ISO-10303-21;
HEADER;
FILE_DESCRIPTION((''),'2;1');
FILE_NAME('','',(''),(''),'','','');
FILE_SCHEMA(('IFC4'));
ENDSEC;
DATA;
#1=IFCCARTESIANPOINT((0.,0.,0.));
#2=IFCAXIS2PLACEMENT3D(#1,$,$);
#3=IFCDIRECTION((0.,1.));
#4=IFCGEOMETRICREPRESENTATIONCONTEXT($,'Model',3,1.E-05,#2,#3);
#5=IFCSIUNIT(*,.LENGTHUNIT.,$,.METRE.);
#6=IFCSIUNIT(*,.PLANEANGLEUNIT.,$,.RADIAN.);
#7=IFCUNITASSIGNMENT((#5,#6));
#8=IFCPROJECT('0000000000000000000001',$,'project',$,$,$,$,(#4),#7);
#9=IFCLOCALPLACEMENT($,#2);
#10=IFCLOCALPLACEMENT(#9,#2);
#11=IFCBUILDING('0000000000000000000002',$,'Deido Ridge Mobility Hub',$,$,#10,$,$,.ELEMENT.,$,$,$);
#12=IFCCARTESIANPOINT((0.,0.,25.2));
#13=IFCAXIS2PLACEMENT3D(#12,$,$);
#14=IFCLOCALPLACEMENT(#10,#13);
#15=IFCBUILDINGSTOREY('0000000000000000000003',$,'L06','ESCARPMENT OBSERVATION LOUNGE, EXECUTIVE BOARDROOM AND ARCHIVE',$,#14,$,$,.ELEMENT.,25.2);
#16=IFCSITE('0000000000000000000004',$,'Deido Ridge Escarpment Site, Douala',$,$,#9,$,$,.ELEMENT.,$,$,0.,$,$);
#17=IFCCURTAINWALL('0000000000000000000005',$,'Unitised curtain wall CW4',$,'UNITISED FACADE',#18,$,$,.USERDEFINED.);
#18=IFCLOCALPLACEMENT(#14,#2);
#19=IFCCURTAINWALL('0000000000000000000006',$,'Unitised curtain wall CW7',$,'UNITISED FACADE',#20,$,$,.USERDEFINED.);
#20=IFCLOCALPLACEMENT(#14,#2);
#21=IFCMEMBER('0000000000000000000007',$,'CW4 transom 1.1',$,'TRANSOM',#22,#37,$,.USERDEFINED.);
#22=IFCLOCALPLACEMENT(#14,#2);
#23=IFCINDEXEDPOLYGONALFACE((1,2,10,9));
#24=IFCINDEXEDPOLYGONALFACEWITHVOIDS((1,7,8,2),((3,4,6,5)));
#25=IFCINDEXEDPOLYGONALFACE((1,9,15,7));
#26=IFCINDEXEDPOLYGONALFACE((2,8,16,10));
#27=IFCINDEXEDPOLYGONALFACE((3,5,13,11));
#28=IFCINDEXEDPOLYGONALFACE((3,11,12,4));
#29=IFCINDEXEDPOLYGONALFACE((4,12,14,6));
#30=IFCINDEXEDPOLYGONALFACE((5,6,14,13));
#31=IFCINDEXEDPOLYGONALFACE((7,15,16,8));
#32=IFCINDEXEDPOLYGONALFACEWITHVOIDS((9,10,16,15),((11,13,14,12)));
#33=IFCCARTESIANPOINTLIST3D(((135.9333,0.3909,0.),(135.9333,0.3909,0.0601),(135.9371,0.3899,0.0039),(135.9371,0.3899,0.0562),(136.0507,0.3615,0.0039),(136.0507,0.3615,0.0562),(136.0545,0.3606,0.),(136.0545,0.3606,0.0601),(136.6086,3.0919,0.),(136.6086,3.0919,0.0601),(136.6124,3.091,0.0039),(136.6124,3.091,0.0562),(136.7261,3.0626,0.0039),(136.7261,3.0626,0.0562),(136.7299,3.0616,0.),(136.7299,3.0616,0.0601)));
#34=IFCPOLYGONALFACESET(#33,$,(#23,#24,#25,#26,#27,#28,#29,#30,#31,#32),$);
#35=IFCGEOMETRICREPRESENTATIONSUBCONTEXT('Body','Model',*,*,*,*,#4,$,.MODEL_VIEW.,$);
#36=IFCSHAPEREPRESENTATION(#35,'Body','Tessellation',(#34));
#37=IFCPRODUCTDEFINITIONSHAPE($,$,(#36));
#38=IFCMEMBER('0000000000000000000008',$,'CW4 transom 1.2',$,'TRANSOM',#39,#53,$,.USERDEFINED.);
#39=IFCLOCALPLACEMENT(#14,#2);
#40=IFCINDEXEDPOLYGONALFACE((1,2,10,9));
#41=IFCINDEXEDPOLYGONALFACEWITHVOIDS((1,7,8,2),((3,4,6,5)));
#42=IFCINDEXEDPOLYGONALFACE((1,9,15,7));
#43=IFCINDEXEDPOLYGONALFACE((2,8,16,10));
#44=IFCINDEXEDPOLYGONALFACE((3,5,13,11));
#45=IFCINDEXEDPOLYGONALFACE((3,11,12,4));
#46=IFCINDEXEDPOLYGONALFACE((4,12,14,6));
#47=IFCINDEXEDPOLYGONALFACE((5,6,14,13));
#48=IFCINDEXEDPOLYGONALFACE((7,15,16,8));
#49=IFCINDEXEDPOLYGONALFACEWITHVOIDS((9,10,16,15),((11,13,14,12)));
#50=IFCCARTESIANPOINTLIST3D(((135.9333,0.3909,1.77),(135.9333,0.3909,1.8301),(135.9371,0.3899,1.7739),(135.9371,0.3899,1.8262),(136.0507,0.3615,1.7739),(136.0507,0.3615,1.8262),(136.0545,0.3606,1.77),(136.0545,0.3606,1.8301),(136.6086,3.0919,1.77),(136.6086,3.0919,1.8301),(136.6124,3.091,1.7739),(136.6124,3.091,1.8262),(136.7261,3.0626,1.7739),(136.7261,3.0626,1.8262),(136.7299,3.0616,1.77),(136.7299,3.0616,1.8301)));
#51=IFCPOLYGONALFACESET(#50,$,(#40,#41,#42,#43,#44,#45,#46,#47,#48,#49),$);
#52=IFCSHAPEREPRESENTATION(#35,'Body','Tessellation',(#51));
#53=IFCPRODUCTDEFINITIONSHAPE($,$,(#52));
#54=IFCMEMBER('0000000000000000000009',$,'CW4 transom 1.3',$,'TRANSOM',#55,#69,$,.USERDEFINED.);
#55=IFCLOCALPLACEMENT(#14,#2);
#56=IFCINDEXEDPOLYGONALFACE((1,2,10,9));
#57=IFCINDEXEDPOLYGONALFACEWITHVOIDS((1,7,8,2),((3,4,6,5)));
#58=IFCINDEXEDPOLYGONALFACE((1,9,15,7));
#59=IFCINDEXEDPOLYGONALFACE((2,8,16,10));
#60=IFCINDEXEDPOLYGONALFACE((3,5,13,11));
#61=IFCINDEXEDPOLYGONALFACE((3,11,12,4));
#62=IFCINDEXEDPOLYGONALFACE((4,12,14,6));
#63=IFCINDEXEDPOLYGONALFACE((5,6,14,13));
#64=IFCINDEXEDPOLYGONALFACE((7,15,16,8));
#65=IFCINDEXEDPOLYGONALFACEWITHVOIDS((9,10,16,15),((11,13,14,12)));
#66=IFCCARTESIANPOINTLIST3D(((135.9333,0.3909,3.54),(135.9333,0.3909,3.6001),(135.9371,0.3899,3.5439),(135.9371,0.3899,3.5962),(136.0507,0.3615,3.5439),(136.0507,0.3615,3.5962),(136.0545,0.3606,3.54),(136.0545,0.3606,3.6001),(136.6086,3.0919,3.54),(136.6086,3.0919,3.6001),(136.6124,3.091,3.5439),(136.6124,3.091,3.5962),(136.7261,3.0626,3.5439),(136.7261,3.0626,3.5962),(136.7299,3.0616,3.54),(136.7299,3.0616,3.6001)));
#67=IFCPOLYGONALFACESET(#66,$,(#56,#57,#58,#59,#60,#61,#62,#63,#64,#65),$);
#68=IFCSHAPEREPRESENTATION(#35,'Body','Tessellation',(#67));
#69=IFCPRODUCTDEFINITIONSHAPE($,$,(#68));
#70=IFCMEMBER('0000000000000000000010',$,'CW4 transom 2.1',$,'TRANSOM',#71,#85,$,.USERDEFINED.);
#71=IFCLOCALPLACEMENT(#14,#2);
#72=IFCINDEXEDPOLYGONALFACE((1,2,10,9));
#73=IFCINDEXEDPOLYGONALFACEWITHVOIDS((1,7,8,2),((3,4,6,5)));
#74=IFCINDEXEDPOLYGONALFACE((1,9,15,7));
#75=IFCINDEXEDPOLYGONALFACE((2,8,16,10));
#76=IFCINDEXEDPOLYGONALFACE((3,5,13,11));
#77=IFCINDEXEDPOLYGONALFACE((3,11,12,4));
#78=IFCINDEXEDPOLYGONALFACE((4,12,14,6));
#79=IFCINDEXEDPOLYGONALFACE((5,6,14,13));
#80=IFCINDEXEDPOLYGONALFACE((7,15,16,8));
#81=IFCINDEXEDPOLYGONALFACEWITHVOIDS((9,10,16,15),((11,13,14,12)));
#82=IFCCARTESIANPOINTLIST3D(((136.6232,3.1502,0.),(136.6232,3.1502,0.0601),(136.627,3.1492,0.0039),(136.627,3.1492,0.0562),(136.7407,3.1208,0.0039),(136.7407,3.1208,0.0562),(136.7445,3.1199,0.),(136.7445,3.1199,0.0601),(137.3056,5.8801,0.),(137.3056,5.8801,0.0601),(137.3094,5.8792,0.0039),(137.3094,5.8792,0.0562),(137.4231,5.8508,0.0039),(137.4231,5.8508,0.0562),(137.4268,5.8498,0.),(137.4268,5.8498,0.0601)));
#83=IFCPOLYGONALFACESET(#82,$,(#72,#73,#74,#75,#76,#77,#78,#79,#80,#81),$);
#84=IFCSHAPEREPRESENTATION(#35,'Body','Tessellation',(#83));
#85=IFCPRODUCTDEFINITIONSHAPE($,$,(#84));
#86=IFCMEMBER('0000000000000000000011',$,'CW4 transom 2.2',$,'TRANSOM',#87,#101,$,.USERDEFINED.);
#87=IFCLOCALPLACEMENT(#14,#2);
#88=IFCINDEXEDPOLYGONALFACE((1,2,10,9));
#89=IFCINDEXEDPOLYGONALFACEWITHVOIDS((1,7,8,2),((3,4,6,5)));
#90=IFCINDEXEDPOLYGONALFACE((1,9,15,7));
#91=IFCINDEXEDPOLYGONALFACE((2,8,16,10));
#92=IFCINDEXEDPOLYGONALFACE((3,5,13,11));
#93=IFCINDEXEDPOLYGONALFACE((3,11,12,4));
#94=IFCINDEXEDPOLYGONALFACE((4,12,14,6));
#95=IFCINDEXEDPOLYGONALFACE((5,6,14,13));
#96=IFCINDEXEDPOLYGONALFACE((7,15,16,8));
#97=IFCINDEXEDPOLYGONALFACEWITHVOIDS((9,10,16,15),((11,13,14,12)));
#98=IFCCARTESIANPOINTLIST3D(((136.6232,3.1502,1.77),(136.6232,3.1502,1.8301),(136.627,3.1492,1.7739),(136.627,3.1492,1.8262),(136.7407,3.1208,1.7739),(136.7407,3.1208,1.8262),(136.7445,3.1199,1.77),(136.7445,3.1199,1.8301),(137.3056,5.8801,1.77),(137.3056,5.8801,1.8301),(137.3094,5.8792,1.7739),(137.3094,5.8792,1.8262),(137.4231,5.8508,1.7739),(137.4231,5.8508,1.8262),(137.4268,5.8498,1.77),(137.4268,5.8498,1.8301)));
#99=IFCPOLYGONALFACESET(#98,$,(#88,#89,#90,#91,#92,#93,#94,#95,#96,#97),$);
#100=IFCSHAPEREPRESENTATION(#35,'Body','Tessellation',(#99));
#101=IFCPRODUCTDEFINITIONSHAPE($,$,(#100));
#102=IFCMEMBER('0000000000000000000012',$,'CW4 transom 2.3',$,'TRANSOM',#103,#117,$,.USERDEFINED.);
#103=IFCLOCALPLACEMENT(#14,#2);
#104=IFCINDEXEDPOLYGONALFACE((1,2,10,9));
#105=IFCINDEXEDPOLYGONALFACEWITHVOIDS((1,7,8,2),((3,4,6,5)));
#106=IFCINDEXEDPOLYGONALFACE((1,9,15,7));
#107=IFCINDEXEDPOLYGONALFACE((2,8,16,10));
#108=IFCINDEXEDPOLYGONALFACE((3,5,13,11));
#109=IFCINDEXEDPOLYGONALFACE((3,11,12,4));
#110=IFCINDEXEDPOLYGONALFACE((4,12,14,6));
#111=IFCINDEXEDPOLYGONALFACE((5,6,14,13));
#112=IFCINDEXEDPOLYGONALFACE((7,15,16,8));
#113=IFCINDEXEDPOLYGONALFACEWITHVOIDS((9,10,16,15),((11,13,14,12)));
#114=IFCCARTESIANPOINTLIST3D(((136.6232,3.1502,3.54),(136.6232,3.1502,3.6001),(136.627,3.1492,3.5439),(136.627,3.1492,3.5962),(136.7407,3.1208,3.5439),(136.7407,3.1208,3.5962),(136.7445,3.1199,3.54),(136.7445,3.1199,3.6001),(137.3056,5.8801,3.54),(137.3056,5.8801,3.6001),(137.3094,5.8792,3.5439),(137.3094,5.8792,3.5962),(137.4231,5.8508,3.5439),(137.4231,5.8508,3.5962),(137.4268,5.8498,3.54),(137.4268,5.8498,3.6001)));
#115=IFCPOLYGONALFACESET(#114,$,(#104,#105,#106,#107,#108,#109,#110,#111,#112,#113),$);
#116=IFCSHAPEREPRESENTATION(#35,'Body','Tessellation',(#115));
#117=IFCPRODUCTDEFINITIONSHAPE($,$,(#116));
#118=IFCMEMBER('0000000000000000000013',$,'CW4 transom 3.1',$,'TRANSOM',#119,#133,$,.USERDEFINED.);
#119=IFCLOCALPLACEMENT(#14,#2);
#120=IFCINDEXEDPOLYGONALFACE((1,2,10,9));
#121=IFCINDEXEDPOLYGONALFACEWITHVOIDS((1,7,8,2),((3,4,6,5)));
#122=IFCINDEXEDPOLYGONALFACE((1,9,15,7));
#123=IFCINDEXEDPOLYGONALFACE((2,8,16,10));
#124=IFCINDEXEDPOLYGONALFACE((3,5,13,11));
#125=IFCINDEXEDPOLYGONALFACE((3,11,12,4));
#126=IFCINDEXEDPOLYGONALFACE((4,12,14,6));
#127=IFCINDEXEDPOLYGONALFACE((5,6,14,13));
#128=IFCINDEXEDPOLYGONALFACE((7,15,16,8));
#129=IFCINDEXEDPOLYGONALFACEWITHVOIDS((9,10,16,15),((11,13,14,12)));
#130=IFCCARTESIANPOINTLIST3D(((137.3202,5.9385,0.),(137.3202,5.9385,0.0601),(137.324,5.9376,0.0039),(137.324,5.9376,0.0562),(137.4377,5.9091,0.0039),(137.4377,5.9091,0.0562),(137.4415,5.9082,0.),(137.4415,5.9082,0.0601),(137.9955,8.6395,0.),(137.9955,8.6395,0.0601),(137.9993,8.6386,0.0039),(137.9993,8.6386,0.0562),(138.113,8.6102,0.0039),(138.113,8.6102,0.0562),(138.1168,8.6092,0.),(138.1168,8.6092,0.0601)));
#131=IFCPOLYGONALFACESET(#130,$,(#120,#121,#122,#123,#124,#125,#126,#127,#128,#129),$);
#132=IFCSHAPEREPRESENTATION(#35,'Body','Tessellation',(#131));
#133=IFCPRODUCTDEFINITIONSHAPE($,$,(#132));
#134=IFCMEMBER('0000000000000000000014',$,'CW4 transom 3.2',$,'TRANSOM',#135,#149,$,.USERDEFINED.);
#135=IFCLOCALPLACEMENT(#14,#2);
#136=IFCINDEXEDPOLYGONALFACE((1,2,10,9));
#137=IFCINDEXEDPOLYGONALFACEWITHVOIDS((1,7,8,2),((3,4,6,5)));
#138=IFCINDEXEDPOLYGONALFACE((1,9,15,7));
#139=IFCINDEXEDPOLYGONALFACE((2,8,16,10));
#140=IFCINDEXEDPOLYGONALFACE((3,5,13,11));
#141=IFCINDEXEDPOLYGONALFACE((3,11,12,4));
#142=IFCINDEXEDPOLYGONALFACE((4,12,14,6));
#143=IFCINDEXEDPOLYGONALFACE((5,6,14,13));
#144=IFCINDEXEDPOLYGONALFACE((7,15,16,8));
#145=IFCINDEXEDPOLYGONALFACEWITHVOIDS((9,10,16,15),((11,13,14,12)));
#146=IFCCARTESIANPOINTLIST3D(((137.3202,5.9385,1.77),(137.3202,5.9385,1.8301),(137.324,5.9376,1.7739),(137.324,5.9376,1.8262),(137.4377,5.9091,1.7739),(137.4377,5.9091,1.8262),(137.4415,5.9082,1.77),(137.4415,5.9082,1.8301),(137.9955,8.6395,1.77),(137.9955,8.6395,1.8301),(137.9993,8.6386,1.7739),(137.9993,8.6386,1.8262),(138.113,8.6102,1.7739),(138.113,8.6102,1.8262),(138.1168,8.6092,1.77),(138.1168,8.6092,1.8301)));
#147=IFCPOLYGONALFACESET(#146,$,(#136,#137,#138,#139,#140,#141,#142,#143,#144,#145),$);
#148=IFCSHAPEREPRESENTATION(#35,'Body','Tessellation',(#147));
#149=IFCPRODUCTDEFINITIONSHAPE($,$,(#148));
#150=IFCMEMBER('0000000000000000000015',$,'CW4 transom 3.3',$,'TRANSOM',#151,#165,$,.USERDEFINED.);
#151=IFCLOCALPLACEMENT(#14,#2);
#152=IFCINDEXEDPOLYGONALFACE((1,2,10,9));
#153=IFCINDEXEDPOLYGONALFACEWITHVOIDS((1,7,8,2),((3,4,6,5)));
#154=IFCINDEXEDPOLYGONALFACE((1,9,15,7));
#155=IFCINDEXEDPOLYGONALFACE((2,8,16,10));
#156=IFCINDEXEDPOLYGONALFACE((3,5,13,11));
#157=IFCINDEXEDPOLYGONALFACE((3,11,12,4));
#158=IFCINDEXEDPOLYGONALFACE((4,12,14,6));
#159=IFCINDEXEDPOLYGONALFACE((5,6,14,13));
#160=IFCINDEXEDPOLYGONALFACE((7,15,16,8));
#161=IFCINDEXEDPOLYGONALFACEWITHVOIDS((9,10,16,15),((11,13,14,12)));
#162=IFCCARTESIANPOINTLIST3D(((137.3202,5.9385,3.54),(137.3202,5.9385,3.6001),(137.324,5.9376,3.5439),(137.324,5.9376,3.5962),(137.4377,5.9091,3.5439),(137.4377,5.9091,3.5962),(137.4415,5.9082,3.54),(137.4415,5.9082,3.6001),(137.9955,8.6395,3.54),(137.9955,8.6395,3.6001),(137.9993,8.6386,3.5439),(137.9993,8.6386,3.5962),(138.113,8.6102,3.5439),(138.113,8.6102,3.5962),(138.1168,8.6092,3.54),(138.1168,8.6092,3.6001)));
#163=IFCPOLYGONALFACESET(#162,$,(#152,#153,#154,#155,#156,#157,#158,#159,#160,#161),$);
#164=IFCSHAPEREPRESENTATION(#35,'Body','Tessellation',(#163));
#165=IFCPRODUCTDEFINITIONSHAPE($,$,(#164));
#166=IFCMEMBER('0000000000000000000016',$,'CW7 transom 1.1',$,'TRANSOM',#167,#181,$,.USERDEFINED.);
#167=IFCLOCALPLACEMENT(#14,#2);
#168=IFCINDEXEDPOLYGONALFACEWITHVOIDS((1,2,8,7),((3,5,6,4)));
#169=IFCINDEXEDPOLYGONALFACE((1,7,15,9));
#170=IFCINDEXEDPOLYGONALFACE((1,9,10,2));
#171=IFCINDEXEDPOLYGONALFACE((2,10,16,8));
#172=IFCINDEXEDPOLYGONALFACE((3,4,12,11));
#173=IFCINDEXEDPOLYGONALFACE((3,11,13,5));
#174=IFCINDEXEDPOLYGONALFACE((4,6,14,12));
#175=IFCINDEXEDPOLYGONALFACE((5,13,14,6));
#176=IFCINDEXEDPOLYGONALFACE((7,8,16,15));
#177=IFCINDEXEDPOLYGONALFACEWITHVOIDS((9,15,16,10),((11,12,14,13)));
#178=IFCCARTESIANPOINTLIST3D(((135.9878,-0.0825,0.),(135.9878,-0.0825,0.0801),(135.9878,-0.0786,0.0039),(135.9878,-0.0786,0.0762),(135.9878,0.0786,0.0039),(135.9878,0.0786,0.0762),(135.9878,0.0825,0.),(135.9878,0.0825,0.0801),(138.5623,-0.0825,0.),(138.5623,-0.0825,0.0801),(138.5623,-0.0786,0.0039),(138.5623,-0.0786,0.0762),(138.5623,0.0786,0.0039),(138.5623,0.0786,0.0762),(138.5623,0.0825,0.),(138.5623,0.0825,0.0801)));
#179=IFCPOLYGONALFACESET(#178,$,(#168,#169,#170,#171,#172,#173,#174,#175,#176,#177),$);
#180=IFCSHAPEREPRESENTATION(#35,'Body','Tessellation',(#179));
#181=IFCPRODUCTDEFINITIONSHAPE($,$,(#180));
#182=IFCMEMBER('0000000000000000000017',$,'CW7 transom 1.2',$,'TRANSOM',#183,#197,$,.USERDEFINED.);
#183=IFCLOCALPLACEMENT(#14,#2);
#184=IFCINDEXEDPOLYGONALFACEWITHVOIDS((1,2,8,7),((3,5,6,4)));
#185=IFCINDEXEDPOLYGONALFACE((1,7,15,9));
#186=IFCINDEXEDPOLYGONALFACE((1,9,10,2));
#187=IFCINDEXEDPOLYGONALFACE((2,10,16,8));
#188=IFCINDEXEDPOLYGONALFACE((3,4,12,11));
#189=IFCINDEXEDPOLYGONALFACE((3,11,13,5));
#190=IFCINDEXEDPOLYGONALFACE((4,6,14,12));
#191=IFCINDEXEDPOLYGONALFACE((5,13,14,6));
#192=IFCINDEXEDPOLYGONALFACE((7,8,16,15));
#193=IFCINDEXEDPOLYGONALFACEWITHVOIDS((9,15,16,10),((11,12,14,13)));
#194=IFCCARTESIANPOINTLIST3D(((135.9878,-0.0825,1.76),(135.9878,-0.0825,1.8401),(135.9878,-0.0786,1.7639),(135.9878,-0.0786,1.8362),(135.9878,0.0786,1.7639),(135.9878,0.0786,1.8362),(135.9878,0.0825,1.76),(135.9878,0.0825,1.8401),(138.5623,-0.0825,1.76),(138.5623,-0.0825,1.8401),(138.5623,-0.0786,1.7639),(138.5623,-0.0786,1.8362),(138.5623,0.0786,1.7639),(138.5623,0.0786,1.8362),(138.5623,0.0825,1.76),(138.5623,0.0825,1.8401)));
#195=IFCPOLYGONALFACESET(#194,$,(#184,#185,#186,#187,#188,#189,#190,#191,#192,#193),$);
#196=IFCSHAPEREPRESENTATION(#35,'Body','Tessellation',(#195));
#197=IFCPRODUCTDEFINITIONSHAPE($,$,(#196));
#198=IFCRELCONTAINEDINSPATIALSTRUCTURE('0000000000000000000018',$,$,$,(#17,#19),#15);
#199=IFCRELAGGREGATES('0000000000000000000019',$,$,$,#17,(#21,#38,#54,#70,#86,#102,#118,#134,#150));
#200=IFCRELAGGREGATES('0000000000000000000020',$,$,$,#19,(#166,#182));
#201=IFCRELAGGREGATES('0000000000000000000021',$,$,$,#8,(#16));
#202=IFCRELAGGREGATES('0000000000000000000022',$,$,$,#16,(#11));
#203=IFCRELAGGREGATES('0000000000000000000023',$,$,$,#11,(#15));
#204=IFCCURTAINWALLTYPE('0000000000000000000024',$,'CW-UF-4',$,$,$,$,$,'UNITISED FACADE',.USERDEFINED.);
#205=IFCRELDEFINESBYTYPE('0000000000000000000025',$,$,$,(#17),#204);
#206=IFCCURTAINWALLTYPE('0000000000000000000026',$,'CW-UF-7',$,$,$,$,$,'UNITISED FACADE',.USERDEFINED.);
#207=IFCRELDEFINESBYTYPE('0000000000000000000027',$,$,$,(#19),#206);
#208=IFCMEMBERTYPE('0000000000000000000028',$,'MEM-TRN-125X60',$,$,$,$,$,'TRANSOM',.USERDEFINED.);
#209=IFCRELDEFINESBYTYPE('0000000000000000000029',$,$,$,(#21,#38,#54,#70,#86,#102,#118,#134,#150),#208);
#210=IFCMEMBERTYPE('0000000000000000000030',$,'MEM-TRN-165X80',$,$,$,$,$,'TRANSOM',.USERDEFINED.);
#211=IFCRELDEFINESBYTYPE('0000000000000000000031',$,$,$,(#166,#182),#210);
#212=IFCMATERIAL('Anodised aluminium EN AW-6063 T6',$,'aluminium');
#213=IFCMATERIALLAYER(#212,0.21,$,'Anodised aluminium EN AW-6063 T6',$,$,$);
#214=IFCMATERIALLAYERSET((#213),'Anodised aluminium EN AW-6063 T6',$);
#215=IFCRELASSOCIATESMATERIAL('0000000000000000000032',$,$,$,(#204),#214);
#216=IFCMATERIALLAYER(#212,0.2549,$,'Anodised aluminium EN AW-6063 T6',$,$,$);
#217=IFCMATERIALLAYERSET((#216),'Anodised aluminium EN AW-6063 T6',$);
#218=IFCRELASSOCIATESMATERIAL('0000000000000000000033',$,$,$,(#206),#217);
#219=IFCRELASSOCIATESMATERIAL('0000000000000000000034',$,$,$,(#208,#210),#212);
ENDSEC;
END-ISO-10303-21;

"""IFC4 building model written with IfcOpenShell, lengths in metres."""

from ifc_helpers import new_model, si_unit, direction, frame, origin, origin_2d, place, context, subcontext, project, spatial, hollow_rectangle, extrude, material, layer, layer_set, material_profile, profile_set, type_object, element, aggregate, save


model = new_model("IFC4")

# Units and contexts
model_context = context("Model", 3, precision=1e-05, world=origin(), true_north=direction((0.0, 1.0)))
body_context = subcontext(model_context, "Body", "Model", "MODEL_VIEW")
ifc_project = project(units=[si_unit("LENGTHUNIT", "METRE"), si_unit("PLANEANGLEUNIT", "RADIAN")], contexts=[model_context])

# Site, building, storey
site_placement = place(None, origin())
site = spatial("IfcSite", under=ifc_project, at=site_placement, Name="Deido Ridge Escarpment Site, Douala", CompositionType="ELEMENT", RefElevation=0.0)
building_placement = place(site_placement, origin())
building = spatial("IfcBuilding", under=site, at=building_placement, Name="Deido Ridge Mobility Hub", CompositionType="ELEMENT")
storey_placement = place(building_placement, frame((0.0, 0.0, 25.2)))
storey = spatial("IfcBuildingStorey", under=building, at=storey_placement, Name="L06", Description="ESCARPMENT OBSERVATION LOUNGE, EXECUTIVE BOARDROOM AND ARCHIVE", CompositionType="ELEMENT", Elevation=25.2)

# Curtain walls
ifc_material_1 = material(Name="Anodised aluminium EN AW-6063 T6", Category="aluminium")
ifc_layer_1 = layer(ifc_material_1, 0.21, Name="Anodised aluminium EN AW-6063 T6")
ifc_layer_set_1 = layer_set([ifc_layer_1], Name="Anodised aluminium EN AW-6063 T6")
curtain_wall_type_1 = type_object("IfcCurtainWallType", Name="CW-UF-4", ElementType="UNITISED FACADE", PredefinedType="USERDEFINED", material=ifc_layer_set_1)
curtain_wall_1_placement = place(storey_placement, origin())
curtain_wall_1 = element("IfcCurtainWall", 1, at=curtain_wall_1_placement, inside=storey, type_object=curtain_wall_type_1, Name="Unitised curtain wall CW4", ObjectType="UNITISED FACADE", PredefinedType="USERDEFINED")
ifc_layer_2 = layer(ifc_material_1, 0.2549, Name="Anodised aluminium EN AW-6063 T6")
ifc_layer_set_2 = layer_set([ifc_layer_2], Name="Anodised aluminium EN AW-6063 T6")
curtain_wall_type_2 = type_object("IfcCurtainWallType", Name="CW-UF-7", ElementType="UNITISED FACADE", PredefinedType="USERDEFINED", material=ifc_layer_set_2)
curtain_wall_2_placement = place(storey_placement, origin())
curtain_wall_2 = element("IfcCurtainWall", 2, at=curtain_wall_2_placement, inside=storey, type_object=curtain_wall_type_2, Name="Unitised curtain wall CW7", ObjectType="UNITISED FACADE", PredefinedType="USERDEFINED")

# Members
ifc_material_profile_1 = material_profile(ifc_material_1, hollow_rectangle(XDim=0.125, YDim=0.0601, WallThickness=0.0039, at=origin_2d()), Name="RHS 125x60x4")
ifc_profile_set_1 = profile_set([ifc_material_profile_1], Name="Anodised aluminium EN AW-6063 T6")
member_type_1 = type_object("IfcMemberType", Name="MEM-TRN-125X60", ElementType="TRANSOM", PredefinedType="USERDEFINED", material=ifc_profile_set_1)
member_1_placement = place(storey_placement, frame((135.9939, 0.3757, 0.03), z_axis=(0.242556, 0.970137, 0.0), x_axis=(-0.970137, 0.242556, 0.0)))
member_1 = element("IfcMember", 3, at=member_1_placement, type_object=member_type_1, Name="CW4 transom 1.1", ObjectType="TRANSOM", PredefinedType="USERDEFINED", context=body_context, shape_type="SweptSolid", body=[
    extrude(hollow_rectangle(XDim=0.125, YDim=0.0601, WallThickness=0.0039, at=origin_2d()), origin(), (0.0, 0.0, 1.0), 2.7842),
])
member_2_placement = place(storey_placement, frame((135.9939, 0.3757, 1.8), z_axis=(0.242556, 0.970137, 0.0), x_axis=(-0.970137, 0.242556, 0.0)))
member_2 = element("IfcMember", 4, at=member_2_placement, type_object=member_type_1, Name="CW4 transom 1.2", ObjectType="TRANSOM", PredefinedType="USERDEFINED", context=body_context, shape_type="SweptSolid", body=[
    extrude(hollow_rectangle(XDim=0.125, YDim=0.0601, WallThickness=0.0039, at=origin_2d()), origin(), (0.0, 0.0, 1.0), 2.7842),
])
member_3_placement = place(storey_placement, frame((135.9939, 0.3757, 3.5701), z_axis=(0.242556, 0.970137, 0.0), x_axis=(-0.970137, 0.242556, 0.0)))
member_3 = element("IfcMember", 5, at=member_3_placement, type_object=member_type_1, Name="CW4 transom 1.3", ObjectType="TRANSOM", PredefinedType="USERDEFINED", context=body_context, shape_type="SweptSolid", body=[
    extrude(hollow_rectangle(XDim=0.125, YDim=0.0601, WallThickness=0.0039, at=origin_2d()), origin(), (0.0, 0.0, 1.0), 2.7842),
])
member_4_placement = place(storey_placement, frame((136.6838, 3.135, 0.03), z_axis=(0.242495, 0.970153, 0.0), x_axis=(-0.970153, 0.242495, 0.0)))
member_4 = element("IfcMember", 6, at=member_4_placement, type_object=member_type_1, Name="CW4 transom 2.1", ObjectType="TRANSOM", PredefinedType="USERDEFINED", context=body_context, shape_type="SweptSolid", body=[
    extrude(hollow_rectangle(XDim=0.125, YDim=0.0601, WallThickness=0.0039, at=origin_2d()), origin(), (0.0, 0.0, 1.0), 2.814),
])
member_5_placement = place(storey_placement, frame((136.6838, 3.135, 1.8), z_axis=(0.242495, 0.970153, 0.0), x_axis=(-0.970153, 0.242495, 0.0)))
member_5 = element("IfcMember", 7, at=member_5_placement, type_object=member_type_1, Name="CW4 transom 2.2", ObjectType="TRANSOM", PredefinedType="USERDEFINED", context=body_context, shape_type="SweptSolid", body=[
    extrude(hollow_rectangle(XDim=0.125, YDim=0.0601, WallThickness=0.0039, at=origin_2d()), origin(), (0.0, 0.0, 1.0), 2.814),
])
member_6_placement = place(storey_placement, frame((136.6838, 3.135, 3.5701), z_axis=(0.242495, 0.970153, 0.0), x_axis=(-0.970153, 0.242495, 0.0)))
member_6 = element("IfcMember", 8, at=member_6_placement, type_object=member_type_1, Name="CW4 transom 2.3", ObjectType="TRANSOM", PredefinedType="USERDEFINED", context=body_context, shape_type="SweptSolid", body=[
    extrude(hollow_rectangle(XDim=0.125, YDim=0.0601, WallThickness=0.0039, at=origin_2d()), origin(), (0.0, 0.0, 1.0), 2.814),
])
member_7_placement = place(storey_placement, frame((137.3809, 5.9233, 0.03), z_axis=(0.242556, 0.970137, 0.0), x_axis=(-0.970137, 0.242556, 0.0)))
member_7 = element("IfcMember", 9, at=member_7_placement, type_object=member_type_1, Name="CW4 transom 3.1", ObjectType="TRANSOM", PredefinedType="USERDEFINED", context=body_context, shape_type="SweptSolid", body=[
    extrude(hollow_rectangle(XDim=0.125, YDim=0.0601, WallThickness=0.0039, at=origin_2d()), origin(), (0.0, 0.0, 1.0), 2.7842),
])
member_8_placement = place(storey_placement, frame((137.3809, 5.9233, 1.8), z_axis=(0.242556, 0.970137, 0.0), x_axis=(-0.970137, 0.242556, 0.0)))
member_8 = element("IfcMember", 10, at=member_8_placement, type_object=member_type_1, Name="CW4 transom 3.2", ObjectType="TRANSOM", PredefinedType="USERDEFINED", context=body_context, shape_type="SweptSolid", body=[
    extrude(hollow_rectangle(XDim=0.125, YDim=0.0601, WallThickness=0.0039, at=origin_2d()), origin(), (0.0, 0.0, 1.0), 2.7842),
])
member_9_placement = place(storey_placement, frame((137.3809, 5.9233, 3.5701), z_axis=(0.242556, 0.970137, 0.0), x_axis=(-0.970137, 0.242556, 0.0)))
member_9 = element("IfcMember", 11, at=member_9_placement, type_object=member_type_1, Name="CW4 transom 3.3", ObjectType="TRANSOM", PredefinedType="USERDEFINED", context=body_context, shape_type="SweptSolid", body=[
    extrude(hollow_rectangle(XDim=0.125, YDim=0.0601, WallThickness=0.0039, at=origin_2d()), origin(), (0.0, 0.0, 1.0), 2.7842),
])
ifc_material_profile_2 = material_profile(ifc_material_1, hollow_rectangle(XDim=0.165, YDim=0.0801, WallThickness=0.0039, at=origin_2d()), Name="RHS 165x80x4")
ifc_profile_set_2 = profile_set([ifc_material_profile_2], Name="Anodised aluminium EN AW-6063 T6")
member_type_2 = type_object("IfcMemberType", Name="MEM-TRN-165X80", ElementType="TRANSOM", PredefinedType="USERDEFINED", material=ifc_profile_set_2)
member_10_placement = place(storey_placement, frame((135.9878, 0.0, 0.04), z_axis=(1.0, 0.0, 0.0), x_axis=(0.0, 1.0, 0.0)))
member_10 = element("IfcMember", 12, at=member_10_placement, type_object=member_type_2, Name="CW7 transom 1.1", ObjectType="TRANSOM", PredefinedType="USERDEFINED", context=body_context, shape_type="SweptSolid", body=[
    extrude(hollow_rectangle(XDim=0.165, YDim=0.0801, WallThickness=0.0039, at=origin_2d()), origin(), (0.0, 0.0, 1.0), 2.5745),
])
member_11_placement = place(storey_placement, frame((135.9878, 0.0, 1.8), z_axis=(1.0, 0.0, 0.0), x_axis=(0.0, 1.0, 0.0)))
member_11 = element("IfcMember", 13, at=member_11_placement, type_object=member_type_2, Name="CW7 transom 1.2", ObjectType="TRANSOM", PredefinedType="USERDEFINED", context=body_context, shape_type="SweptSolid", body=[
    extrude(hollow_rectangle(XDim=0.165, YDim=0.0801, WallThickness=0.0039, at=origin_2d()), origin(), (0.0, 0.0, 1.0), 2.5745),
])

aggregate(curtain_wall_1, [member_1, member_2, member_3, member_4, member_5, member_6, member_7, member_8, member_9])
aggregate(curtain_wall_2, [member_10, member_11])

save(model, "model.ifc")
